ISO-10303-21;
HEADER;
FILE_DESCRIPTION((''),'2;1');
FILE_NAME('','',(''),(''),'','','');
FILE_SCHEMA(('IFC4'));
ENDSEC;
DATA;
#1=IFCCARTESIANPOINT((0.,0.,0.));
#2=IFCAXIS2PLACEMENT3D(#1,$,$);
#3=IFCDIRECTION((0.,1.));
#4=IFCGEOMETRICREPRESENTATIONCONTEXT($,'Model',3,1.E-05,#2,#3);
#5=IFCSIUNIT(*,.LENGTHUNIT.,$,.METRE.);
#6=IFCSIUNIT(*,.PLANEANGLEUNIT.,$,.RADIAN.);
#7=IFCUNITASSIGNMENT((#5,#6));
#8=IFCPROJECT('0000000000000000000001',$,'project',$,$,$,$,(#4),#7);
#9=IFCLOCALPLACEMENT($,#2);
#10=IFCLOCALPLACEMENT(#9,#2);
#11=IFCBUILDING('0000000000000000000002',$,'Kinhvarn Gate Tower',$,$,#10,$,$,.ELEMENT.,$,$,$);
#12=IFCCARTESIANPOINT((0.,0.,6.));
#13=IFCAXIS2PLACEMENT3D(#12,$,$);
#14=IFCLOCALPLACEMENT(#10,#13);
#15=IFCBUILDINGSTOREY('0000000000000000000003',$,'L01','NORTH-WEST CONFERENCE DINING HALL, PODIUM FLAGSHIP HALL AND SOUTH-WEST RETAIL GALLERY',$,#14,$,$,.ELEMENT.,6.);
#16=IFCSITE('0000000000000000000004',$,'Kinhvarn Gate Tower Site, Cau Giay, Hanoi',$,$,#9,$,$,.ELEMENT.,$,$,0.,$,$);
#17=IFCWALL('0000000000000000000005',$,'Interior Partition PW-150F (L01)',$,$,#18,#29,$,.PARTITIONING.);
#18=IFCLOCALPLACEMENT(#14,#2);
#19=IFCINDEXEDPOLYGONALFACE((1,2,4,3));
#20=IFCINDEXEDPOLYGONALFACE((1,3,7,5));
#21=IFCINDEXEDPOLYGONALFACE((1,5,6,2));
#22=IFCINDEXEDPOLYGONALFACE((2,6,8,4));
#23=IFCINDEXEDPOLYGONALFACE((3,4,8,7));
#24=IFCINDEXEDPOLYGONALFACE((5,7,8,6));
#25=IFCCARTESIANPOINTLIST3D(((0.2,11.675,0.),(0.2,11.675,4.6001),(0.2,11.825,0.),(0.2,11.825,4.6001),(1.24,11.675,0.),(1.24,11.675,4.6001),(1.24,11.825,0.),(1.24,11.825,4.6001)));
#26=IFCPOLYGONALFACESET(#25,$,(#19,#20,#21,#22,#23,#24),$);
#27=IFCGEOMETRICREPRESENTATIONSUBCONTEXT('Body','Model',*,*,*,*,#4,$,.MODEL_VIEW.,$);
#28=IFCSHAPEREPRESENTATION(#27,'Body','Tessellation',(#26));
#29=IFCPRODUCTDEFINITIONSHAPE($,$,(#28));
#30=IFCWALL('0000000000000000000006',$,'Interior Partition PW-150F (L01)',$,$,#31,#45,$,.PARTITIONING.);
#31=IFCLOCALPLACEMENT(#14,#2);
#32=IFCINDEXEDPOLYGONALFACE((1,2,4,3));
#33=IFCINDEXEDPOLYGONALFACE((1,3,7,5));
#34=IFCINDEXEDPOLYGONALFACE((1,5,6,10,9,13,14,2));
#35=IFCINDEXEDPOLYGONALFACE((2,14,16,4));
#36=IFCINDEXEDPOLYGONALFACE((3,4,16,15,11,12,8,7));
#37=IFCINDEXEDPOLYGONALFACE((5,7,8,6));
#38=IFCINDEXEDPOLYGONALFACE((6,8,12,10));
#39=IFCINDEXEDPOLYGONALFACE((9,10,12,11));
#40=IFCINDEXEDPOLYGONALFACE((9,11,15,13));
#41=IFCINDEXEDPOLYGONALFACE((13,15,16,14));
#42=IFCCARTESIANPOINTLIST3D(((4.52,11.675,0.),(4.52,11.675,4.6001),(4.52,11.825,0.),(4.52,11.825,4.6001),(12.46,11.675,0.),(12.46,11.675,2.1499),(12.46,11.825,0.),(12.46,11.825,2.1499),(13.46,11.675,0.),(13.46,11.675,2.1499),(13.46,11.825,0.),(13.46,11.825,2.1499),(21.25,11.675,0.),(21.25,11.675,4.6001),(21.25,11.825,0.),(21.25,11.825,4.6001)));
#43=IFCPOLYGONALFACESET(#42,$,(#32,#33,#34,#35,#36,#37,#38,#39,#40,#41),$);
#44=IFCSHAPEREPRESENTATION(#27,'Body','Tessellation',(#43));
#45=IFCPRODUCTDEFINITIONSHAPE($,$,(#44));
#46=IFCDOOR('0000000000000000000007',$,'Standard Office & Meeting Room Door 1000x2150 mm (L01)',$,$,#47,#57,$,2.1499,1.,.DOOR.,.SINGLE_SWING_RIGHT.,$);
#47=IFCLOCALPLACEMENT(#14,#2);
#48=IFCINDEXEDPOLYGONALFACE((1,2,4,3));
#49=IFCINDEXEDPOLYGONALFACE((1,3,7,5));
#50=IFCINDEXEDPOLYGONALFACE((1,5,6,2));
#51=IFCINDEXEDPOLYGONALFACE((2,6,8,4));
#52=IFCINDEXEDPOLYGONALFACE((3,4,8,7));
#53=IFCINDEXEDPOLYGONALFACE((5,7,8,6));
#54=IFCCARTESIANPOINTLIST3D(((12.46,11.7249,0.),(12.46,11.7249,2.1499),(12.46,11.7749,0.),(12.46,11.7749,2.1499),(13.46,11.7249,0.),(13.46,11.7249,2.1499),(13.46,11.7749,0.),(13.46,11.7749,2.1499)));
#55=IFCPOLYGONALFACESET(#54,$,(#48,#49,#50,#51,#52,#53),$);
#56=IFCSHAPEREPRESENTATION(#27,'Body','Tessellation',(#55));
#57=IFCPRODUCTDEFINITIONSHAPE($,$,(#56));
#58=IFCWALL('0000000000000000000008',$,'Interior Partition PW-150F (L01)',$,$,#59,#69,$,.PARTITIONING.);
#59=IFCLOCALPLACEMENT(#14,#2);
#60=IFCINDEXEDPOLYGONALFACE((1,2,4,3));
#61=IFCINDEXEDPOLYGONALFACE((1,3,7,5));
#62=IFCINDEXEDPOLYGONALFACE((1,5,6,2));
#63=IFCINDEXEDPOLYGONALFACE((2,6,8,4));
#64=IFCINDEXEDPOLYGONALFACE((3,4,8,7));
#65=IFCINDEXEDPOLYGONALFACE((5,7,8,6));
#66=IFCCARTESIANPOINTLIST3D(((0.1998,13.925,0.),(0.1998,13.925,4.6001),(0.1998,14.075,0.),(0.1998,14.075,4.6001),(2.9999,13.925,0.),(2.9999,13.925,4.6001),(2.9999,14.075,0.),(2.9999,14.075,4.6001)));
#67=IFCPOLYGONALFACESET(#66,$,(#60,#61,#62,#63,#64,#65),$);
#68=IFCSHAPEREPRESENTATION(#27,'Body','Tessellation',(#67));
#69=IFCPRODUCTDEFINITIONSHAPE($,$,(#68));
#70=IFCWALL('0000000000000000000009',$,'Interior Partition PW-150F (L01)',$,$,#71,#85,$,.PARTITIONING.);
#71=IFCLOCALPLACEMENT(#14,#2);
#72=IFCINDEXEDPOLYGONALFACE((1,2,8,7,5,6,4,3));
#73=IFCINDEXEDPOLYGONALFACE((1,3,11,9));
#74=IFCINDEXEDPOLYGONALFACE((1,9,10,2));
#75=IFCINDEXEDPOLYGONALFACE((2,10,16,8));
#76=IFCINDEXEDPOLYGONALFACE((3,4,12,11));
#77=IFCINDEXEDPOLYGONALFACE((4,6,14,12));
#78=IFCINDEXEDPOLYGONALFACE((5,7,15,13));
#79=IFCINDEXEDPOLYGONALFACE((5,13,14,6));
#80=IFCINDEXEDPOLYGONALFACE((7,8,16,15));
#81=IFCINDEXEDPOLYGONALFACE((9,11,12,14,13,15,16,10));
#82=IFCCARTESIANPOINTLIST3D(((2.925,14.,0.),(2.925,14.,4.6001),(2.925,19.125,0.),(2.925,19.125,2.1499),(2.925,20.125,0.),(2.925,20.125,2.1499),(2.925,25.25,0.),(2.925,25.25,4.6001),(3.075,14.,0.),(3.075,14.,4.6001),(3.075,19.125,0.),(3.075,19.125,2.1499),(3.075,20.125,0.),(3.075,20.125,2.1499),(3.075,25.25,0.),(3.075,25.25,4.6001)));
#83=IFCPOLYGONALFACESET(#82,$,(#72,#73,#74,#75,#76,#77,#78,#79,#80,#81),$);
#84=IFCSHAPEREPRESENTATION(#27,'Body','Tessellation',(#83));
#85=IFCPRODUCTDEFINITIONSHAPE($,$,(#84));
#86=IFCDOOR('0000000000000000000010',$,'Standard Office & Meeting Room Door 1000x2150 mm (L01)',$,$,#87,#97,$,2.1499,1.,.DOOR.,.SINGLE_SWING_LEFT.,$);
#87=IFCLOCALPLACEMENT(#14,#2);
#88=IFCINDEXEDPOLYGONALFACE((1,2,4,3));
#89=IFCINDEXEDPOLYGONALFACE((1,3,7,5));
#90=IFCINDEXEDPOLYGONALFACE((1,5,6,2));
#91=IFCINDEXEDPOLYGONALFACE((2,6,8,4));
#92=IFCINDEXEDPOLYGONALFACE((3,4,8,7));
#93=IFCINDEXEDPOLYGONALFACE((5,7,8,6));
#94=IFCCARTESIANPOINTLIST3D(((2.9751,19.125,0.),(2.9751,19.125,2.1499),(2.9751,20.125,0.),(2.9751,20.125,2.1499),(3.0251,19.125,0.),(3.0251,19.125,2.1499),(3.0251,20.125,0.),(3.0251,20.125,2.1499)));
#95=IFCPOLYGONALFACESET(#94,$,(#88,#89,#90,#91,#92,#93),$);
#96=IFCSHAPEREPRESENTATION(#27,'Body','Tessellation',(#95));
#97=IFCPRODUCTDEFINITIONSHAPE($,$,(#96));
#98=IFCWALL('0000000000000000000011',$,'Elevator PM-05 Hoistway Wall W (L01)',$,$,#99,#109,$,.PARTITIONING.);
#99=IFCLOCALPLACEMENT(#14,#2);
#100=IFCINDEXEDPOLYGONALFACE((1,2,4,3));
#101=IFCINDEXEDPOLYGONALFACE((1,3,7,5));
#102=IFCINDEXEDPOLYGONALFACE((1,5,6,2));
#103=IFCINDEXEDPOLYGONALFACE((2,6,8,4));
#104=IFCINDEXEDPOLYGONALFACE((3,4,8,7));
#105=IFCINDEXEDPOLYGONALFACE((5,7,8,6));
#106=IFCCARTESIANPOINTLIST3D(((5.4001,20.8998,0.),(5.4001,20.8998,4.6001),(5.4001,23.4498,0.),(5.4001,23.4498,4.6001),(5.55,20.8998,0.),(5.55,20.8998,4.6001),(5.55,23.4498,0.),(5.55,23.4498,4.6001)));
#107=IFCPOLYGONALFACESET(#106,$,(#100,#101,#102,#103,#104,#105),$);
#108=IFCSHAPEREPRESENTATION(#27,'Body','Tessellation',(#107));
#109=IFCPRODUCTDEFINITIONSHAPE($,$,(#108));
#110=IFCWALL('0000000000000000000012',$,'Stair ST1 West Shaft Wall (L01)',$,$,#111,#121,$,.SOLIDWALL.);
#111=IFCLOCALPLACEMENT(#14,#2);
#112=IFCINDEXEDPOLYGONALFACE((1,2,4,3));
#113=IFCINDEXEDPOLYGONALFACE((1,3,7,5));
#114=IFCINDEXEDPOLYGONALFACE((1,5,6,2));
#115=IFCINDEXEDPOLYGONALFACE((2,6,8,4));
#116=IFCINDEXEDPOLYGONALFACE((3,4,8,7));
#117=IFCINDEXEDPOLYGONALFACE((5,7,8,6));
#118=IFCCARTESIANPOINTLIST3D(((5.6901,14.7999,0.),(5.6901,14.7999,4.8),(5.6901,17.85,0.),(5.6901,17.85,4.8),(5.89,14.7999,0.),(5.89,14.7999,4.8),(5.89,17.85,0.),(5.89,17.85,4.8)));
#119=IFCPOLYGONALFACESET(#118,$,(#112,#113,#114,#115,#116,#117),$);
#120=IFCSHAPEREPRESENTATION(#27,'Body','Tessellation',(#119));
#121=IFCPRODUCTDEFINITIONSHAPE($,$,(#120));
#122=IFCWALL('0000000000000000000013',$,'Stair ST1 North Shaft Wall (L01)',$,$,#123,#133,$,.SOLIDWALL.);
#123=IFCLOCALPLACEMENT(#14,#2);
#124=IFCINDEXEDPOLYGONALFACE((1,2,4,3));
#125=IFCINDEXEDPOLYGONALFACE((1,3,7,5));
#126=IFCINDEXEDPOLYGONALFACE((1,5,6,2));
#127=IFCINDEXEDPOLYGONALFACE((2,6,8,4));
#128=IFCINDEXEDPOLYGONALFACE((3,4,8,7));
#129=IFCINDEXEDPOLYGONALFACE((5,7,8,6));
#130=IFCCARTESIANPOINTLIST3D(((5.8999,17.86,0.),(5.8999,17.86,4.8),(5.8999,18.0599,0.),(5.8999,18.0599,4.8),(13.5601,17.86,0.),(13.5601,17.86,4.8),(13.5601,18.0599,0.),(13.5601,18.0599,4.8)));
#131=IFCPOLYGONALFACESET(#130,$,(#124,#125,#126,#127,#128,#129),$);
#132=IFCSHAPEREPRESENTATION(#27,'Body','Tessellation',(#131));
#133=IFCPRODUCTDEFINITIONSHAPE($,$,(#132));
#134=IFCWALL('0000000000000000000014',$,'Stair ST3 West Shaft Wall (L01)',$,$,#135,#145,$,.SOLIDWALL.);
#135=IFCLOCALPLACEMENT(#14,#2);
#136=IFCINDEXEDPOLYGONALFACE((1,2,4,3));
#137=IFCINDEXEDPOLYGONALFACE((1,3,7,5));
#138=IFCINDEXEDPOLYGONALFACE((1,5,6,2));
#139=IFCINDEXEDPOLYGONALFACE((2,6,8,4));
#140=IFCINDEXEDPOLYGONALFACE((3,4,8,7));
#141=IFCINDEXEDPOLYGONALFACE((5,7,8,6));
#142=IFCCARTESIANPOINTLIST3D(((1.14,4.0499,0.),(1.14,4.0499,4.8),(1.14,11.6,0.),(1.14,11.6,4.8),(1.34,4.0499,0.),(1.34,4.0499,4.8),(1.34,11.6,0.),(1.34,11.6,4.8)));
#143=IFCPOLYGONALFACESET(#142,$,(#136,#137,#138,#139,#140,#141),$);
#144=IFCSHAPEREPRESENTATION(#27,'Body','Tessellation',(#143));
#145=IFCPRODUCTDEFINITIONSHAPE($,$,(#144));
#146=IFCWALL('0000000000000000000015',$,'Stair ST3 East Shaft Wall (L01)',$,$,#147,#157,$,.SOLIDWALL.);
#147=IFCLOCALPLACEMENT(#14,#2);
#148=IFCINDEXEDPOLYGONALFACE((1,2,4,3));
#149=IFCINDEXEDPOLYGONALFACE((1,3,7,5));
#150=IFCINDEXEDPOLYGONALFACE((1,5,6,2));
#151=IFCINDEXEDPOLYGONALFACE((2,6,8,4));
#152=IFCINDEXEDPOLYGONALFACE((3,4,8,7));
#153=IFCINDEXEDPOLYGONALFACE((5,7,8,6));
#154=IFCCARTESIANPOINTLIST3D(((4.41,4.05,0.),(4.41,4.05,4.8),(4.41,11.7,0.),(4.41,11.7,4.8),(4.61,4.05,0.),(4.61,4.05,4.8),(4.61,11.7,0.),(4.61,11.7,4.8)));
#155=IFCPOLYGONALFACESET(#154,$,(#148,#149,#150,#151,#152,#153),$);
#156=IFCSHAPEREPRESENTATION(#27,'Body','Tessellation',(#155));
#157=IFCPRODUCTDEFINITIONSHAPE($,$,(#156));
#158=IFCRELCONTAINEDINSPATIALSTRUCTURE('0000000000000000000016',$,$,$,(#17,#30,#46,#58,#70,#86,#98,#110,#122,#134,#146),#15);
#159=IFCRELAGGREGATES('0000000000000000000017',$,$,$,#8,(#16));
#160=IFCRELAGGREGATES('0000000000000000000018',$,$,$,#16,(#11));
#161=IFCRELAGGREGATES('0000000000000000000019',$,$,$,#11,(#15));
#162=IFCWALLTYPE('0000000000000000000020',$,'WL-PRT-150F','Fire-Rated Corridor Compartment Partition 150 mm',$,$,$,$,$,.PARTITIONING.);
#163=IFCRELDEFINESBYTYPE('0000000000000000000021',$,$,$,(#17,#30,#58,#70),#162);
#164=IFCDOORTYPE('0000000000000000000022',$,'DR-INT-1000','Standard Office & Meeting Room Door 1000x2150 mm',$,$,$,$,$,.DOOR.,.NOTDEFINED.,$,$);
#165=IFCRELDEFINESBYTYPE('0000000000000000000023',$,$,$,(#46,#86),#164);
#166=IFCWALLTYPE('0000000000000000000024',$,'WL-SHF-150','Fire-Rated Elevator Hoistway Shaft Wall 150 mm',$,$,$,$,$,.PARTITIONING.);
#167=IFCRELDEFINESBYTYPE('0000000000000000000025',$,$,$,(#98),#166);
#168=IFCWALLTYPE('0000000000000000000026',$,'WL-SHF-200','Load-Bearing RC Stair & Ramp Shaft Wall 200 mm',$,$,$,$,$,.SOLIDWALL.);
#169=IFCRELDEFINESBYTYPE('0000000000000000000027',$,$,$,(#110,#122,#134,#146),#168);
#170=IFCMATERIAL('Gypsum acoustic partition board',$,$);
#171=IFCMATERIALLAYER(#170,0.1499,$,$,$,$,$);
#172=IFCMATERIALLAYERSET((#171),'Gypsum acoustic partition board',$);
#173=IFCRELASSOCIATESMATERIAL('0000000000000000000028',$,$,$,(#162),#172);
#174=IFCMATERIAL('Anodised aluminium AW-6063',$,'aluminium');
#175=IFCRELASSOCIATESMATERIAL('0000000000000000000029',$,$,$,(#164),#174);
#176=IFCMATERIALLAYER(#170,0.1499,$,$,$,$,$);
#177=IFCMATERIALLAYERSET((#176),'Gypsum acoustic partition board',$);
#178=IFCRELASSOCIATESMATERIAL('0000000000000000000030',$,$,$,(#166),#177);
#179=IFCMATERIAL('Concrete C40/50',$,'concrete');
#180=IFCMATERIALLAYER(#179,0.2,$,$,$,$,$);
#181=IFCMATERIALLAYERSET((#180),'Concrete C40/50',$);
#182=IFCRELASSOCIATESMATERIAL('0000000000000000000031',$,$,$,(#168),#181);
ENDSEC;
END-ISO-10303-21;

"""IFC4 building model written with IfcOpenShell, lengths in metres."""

from ifc_helpers import new_model, si_unit, direction, frame, frame_2d, origin, place, context, subcontext, project, spatial, rectangle, extrude, material, layer, layer_set, type_object, element, fill, save


model = new_model("IFC4")

# Units and contexts
model_context = context("Model", 3, precision=1e-05, world=origin(), true_north=direction((0.0, 1.0)))
body_context = subcontext(model_context, "Body", "Model", "MODEL_VIEW")
ifc_project = project(units=[si_unit("LENGTHUNIT", "METRE"), si_unit("PLANEANGLEUNIT", "RADIAN")], contexts=[model_context])

# Site, building, storey
site_placement = place(None, origin())
site = spatial("IfcSite", under=ifc_project, at=site_placement, Name="Kinhvarn Gate Tower Site, Cau Giay, Hanoi", CompositionType="ELEMENT", RefElevation=0.0)
building_placement = place(site_placement, origin())
building = spatial("IfcBuilding", under=site, at=building_placement, Name="Kinhvarn Gate Tower", CompositionType="ELEMENT")
storey_placement = place(building_placement, frame((0.0, 0.0, 6.0)))
storey = spatial("IfcBuildingStorey", under=building, at=storey_placement, Name="L01", Description="NORTH-WEST CONFERENCE DINING HALL, PODIUM FLAGSHIP HALL AND SOUTH-WEST RETAIL GALLERY", CompositionType="ELEMENT", Elevation=6.0)

# Wall
ifc_material_1 = material(Name="Gypsum acoustic partition board")
ifc_layer_1 = layer(ifc_material_1, 0.1499)
ifc_layer_set_1 = layer_set([ifc_layer_1], Name="Gypsum acoustic partition board")
wall_type_1 = type_object("IfcWallType", Name="WL-PRT-150F", Description="Fire-Rated Corridor Compartment Partition 150 mm", PredefinedType="PARTITIONING", material=ifc_layer_set_1)
wall_1_placement = place(storey_placement, frame((0.2, 11.75, 0.0), z_axis=(0.0, 0.0, 1.0), x_axis=(1.0, 0.0, 0.0)))
element("IfcWall", 1, at=wall_1_placement, inside=storey, type_object=wall_type_1, Name="Interior Partition PW-150F (L01)", PredefinedType="PARTITIONING", context=body_context, shape_type="SweptSolid", body=[
    extrude(rectangle(XDim=1.04, YDim=0.1499, at=frame_2d((0.52, 0.0))), origin(), (0.0, 0.0, 1.0), 4.6001),
])

# Wall, opening, door
wall_2_placement = place(storey_placement, frame((4.52, 11.75, 0.0), z_axis=(0.0, 0.0, 1.0), x_axis=(1.0, 0.0, 0.0)))
wall_2 = element("IfcWall", 2, at=wall_2_placement, inside=storey, type_object=wall_type_1, Name="Interior Partition PW-150F (L01)", PredefinedType="PARTITIONING", context=body_context, shape_type="SweptSolid", body=[
    extrude(rectangle(XDim=16.73, YDim=0.1499, at=frame_2d((8.365, 0.0))), origin(), (0.0, 0.0, 1.0), 4.6001),
])
opening_1_placement = place(wall_2_placement, frame((7.9399, 0.0, 0.0)))
opening_1 = element("IfcOpeningElement", 3, at=opening_1_placement, cuts=wall_2, PredefinedType="OPENING", context=body_context, shape_type="SweptSolid", body=[
    extrude(rectangle(XDim=1.0, YDim=2.1499, at=frame_2d((0.5, 1.075))), frame((0.0, 0.085, 0.0), z_axis=(0.0, -1.0, 0.0), x_axis=(1.0, 0.0, 0.0)), (0.0, 0.0, 1.0), 0.1699),
])
ifc_material_2 = material(Name="Anodised aluminium AW-6063", Category="aluminium")
door_type_1 = type_object("IfcDoorType", Name="DR-INT-1000", Description="Standard Office & Meeting Room Door 1000x2150 mm", OperationType="NOTDEFINED", PredefinedType="DOOR", material=ifc_material_2)
door_1_placement = place(opening_1_placement, origin())
door_1 = element("IfcDoor", 4, at=door_1_placement, inside=storey, type_object=door_type_1, Name="Standard Office & Meeting Room Door 1000x2150 mm (L01)", OperationType="SINGLE_SWING_RIGHT", OverallHeight=2.1499, OverallWidth=1.0, PredefinedType="DOOR", context=body_context, shape_type="SweptSolid", body=[
    extrude(rectangle(XDim=1.0, YDim=2.1499, at=frame_2d((0.5, 1.075))), frame((0.0, 0.0249, 0.0), z_axis=(0.0, -1.0, 0.0), x_axis=(1.0, 0.0, 0.0)), (0.0, 0.0, 1.0), 0.05),
])
fill(opening_1, door_1)

# Wall
wall_3_placement = place(storey_placement, frame((0.2, 14.0, 0.0), z_axis=(0.0, 0.0, 1.0), x_axis=(1.0, 0.0, 0.0)))
element("IfcWall", 5, at=wall_3_placement, inside=storey, type_object=wall_type_1, Name="Interior Partition PW-150F (L01)", PredefinedType="PARTITIONING", context=body_context, shape_type="SweptSolid", body=[
    extrude(rectangle(XDim=2.8, YDim=0.1499, at=frame_2d((1.3999, 0.0))), origin(), (0.0, 0.0, 1.0), 4.6001),
])

# Wall, opening, door
wall_4_placement = place(storey_placement, frame((3.0, 14.0, 0.0), z_axis=(0.0, 0.0, 1.0), x_axis=(0.0, 1.0, 0.0)))
wall_4 = element("IfcWall", 6, at=wall_4_placement, inside=storey, type_object=wall_type_1, Name="Interior Partition PW-150F (L01)", PredefinedType="PARTITIONING", context=body_context, shape_type="SweptSolid", body=[
    extrude(rectangle(XDim=11.25, YDim=0.1499, at=frame_2d((5.625, 0.0))), origin(), (0.0, 0.0, 1.0), 4.6001),
])
opening_2_placement = place(wall_4_placement, frame((5.125, 0.0, 0.0)))
opening_2 = element("IfcOpeningElement", 7, at=opening_2_placement, cuts=wall_4, PredefinedType="OPENING", context=body_context, shape_type="SweptSolid", body=[
    extrude(rectangle(XDim=1.0, YDim=2.1499, at=frame_2d((0.5, 1.075))), frame((0.0, 0.085, 0.0), z_axis=(0.0, -1.0, 0.0), x_axis=(1.0, 0.0, 0.0)), (0.0, 0.0, 1.0), 0.1699),
])
door_2_placement = place(opening_2_placement, origin())
door_2 = element("IfcDoor", 8, at=door_2_placement, inside=storey, type_object=door_type_1, Name="Standard Office & Meeting Room Door 1000x2150 mm (L01)", OperationType="SINGLE_SWING_LEFT", OverallHeight=2.1499, OverallWidth=1.0, PredefinedType="DOOR", context=body_context, shape_type="SweptSolid", body=[
    extrude(rectangle(XDim=1.0, YDim=2.1499, at=frame_2d((0.5, 1.075))), frame((0.0, 0.0249, 0.0), z_axis=(0.0, -1.0, 0.0), x_axis=(1.0, 0.0, 0.0)), (0.0, 0.0, 1.0), 0.05),
])
fill(opening_2, door_2)

# Walls
ifc_layer_2 = layer(ifc_material_1, 0.1499)
ifc_layer_set_2 = layer_set([ifc_layer_2], Name="Gypsum acoustic partition board")
wall_type_2 = type_object("IfcWallType", Name="WL-SHF-150", Description="Fire-Rated Elevator Hoistway Shaft Wall 150 mm", PredefinedType="PARTITIONING", material=ifc_layer_set_2)
wall_5_placement = place(storey_placement, frame((5.4751, 20.8999, 0.0), z_axis=(0.0, 0.0, 1.0), x_axis=(0.0, 1.0, 0.0)))
element("IfcWall", 9, at=wall_5_placement, inside=storey, type_object=wall_type_2, Name="Elevator PM-05 Hoistway Wall W (L01)", PredefinedType="PARTITIONING", context=body_context, shape_type="SweptSolid", body=[
    extrude(rectangle(XDim=2.55, YDim=0.1499, at=frame_2d((1.2749, 0.0))), origin(), (0.0, 0.0, 1.0), 4.6001),
])
ifc_material_3 = material(Name="Concrete C40/50", Category="concrete")
ifc_layer_3 = layer(ifc_material_3, 0.2)
ifc_layer_set_3 = layer_set([ifc_layer_3], Name="Concrete C40/50")
wall_type_3 = type_object("IfcWallType", Name="WL-SHF-200", Description="Load-Bearing RC Stair & Ramp Shaft Wall 200 mm", PredefinedType="SOLIDWALL", material=ifc_layer_set_3)
wall_6_placement = place(storey_placement, frame((5.79, 14.8, 0.0), z_axis=(0.0, 0.0, 1.0), x_axis=(0.0, 1.0, 0.0)))
element("IfcWall", 10, at=wall_6_placement, inside=storey, type_object=wall_type_3, Name="Stair ST1 West Shaft Wall (L01)", PredefinedType="SOLIDWALL", context=body_context, shape_type="SweptSolid", body=[
    extrude(rectangle(XDim=3.05, YDim=0.2, at=frame_2d((1.5249, 0.0))), origin(), (0.0, 0.0, 1.0), 4.8),
])
wall_7_placement = place(storey_placement, frame((5.8999, 17.96, 0.0), z_axis=(0.0, 0.0, 1.0), x_axis=(1.0, 0.0, 0.0)))
element("IfcWall", 11, at=wall_7_placement, inside=storey, type_object=wall_type_3, Name="Stair ST1 North Shaft Wall (L01)", PredefinedType="SOLIDWALL", context=body_context, shape_type="SweptSolid", body=[
    extrude(rectangle(XDim=7.6602, YDim=0.2, at=frame_2d((3.8301, 0.0))), origin(), (0.0, 0.0, 1.0), 4.8),
])
wall_8_placement = place(storey_placement, frame((1.24, 4.05, 0.0), z_axis=(0.0, 0.0, 1.0), x_axis=(0.0, 1.0, 0.0)))
element("IfcWall", 12, at=wall_8_placement, inside=storey, type_object=wall_type_3, Name="Stair ST3 West Shaft Wall (L01)", PredefinedType="SOLIDWALL", context=body_context, shape_type="SweptSolid", body=[
    extrude(rectangle(XDim=7.55, YDim=0.2, at=frame_2d((3.7749, 0.0))), origin(), (0.0, 0.0, 1.0), 4.8),
])
wall_9_placement = place(storey_placement, frame((4.51, 4.05, 0.0), z_axis=(0.0, 0.0, 1.0), x_axis=(0.0, 1.0, 0.0)))
element("IfcWall", 13, at=wall_9_placement, inside=storey, type_object=wall_type_3, Name="Stair ST3 East Shaft Wall (L01)", PredefinedType="SOLIDWALL", context=body_context, shape_type="SweptSolid", body=[
    extrude(rectangle(XDim=7.6499, YDim=0.2, at=frame_2d((3.825, 0.0))), origin(), (0.0, 0.0, 1.0), 4.8),
])

save(model, "model.ifc")
